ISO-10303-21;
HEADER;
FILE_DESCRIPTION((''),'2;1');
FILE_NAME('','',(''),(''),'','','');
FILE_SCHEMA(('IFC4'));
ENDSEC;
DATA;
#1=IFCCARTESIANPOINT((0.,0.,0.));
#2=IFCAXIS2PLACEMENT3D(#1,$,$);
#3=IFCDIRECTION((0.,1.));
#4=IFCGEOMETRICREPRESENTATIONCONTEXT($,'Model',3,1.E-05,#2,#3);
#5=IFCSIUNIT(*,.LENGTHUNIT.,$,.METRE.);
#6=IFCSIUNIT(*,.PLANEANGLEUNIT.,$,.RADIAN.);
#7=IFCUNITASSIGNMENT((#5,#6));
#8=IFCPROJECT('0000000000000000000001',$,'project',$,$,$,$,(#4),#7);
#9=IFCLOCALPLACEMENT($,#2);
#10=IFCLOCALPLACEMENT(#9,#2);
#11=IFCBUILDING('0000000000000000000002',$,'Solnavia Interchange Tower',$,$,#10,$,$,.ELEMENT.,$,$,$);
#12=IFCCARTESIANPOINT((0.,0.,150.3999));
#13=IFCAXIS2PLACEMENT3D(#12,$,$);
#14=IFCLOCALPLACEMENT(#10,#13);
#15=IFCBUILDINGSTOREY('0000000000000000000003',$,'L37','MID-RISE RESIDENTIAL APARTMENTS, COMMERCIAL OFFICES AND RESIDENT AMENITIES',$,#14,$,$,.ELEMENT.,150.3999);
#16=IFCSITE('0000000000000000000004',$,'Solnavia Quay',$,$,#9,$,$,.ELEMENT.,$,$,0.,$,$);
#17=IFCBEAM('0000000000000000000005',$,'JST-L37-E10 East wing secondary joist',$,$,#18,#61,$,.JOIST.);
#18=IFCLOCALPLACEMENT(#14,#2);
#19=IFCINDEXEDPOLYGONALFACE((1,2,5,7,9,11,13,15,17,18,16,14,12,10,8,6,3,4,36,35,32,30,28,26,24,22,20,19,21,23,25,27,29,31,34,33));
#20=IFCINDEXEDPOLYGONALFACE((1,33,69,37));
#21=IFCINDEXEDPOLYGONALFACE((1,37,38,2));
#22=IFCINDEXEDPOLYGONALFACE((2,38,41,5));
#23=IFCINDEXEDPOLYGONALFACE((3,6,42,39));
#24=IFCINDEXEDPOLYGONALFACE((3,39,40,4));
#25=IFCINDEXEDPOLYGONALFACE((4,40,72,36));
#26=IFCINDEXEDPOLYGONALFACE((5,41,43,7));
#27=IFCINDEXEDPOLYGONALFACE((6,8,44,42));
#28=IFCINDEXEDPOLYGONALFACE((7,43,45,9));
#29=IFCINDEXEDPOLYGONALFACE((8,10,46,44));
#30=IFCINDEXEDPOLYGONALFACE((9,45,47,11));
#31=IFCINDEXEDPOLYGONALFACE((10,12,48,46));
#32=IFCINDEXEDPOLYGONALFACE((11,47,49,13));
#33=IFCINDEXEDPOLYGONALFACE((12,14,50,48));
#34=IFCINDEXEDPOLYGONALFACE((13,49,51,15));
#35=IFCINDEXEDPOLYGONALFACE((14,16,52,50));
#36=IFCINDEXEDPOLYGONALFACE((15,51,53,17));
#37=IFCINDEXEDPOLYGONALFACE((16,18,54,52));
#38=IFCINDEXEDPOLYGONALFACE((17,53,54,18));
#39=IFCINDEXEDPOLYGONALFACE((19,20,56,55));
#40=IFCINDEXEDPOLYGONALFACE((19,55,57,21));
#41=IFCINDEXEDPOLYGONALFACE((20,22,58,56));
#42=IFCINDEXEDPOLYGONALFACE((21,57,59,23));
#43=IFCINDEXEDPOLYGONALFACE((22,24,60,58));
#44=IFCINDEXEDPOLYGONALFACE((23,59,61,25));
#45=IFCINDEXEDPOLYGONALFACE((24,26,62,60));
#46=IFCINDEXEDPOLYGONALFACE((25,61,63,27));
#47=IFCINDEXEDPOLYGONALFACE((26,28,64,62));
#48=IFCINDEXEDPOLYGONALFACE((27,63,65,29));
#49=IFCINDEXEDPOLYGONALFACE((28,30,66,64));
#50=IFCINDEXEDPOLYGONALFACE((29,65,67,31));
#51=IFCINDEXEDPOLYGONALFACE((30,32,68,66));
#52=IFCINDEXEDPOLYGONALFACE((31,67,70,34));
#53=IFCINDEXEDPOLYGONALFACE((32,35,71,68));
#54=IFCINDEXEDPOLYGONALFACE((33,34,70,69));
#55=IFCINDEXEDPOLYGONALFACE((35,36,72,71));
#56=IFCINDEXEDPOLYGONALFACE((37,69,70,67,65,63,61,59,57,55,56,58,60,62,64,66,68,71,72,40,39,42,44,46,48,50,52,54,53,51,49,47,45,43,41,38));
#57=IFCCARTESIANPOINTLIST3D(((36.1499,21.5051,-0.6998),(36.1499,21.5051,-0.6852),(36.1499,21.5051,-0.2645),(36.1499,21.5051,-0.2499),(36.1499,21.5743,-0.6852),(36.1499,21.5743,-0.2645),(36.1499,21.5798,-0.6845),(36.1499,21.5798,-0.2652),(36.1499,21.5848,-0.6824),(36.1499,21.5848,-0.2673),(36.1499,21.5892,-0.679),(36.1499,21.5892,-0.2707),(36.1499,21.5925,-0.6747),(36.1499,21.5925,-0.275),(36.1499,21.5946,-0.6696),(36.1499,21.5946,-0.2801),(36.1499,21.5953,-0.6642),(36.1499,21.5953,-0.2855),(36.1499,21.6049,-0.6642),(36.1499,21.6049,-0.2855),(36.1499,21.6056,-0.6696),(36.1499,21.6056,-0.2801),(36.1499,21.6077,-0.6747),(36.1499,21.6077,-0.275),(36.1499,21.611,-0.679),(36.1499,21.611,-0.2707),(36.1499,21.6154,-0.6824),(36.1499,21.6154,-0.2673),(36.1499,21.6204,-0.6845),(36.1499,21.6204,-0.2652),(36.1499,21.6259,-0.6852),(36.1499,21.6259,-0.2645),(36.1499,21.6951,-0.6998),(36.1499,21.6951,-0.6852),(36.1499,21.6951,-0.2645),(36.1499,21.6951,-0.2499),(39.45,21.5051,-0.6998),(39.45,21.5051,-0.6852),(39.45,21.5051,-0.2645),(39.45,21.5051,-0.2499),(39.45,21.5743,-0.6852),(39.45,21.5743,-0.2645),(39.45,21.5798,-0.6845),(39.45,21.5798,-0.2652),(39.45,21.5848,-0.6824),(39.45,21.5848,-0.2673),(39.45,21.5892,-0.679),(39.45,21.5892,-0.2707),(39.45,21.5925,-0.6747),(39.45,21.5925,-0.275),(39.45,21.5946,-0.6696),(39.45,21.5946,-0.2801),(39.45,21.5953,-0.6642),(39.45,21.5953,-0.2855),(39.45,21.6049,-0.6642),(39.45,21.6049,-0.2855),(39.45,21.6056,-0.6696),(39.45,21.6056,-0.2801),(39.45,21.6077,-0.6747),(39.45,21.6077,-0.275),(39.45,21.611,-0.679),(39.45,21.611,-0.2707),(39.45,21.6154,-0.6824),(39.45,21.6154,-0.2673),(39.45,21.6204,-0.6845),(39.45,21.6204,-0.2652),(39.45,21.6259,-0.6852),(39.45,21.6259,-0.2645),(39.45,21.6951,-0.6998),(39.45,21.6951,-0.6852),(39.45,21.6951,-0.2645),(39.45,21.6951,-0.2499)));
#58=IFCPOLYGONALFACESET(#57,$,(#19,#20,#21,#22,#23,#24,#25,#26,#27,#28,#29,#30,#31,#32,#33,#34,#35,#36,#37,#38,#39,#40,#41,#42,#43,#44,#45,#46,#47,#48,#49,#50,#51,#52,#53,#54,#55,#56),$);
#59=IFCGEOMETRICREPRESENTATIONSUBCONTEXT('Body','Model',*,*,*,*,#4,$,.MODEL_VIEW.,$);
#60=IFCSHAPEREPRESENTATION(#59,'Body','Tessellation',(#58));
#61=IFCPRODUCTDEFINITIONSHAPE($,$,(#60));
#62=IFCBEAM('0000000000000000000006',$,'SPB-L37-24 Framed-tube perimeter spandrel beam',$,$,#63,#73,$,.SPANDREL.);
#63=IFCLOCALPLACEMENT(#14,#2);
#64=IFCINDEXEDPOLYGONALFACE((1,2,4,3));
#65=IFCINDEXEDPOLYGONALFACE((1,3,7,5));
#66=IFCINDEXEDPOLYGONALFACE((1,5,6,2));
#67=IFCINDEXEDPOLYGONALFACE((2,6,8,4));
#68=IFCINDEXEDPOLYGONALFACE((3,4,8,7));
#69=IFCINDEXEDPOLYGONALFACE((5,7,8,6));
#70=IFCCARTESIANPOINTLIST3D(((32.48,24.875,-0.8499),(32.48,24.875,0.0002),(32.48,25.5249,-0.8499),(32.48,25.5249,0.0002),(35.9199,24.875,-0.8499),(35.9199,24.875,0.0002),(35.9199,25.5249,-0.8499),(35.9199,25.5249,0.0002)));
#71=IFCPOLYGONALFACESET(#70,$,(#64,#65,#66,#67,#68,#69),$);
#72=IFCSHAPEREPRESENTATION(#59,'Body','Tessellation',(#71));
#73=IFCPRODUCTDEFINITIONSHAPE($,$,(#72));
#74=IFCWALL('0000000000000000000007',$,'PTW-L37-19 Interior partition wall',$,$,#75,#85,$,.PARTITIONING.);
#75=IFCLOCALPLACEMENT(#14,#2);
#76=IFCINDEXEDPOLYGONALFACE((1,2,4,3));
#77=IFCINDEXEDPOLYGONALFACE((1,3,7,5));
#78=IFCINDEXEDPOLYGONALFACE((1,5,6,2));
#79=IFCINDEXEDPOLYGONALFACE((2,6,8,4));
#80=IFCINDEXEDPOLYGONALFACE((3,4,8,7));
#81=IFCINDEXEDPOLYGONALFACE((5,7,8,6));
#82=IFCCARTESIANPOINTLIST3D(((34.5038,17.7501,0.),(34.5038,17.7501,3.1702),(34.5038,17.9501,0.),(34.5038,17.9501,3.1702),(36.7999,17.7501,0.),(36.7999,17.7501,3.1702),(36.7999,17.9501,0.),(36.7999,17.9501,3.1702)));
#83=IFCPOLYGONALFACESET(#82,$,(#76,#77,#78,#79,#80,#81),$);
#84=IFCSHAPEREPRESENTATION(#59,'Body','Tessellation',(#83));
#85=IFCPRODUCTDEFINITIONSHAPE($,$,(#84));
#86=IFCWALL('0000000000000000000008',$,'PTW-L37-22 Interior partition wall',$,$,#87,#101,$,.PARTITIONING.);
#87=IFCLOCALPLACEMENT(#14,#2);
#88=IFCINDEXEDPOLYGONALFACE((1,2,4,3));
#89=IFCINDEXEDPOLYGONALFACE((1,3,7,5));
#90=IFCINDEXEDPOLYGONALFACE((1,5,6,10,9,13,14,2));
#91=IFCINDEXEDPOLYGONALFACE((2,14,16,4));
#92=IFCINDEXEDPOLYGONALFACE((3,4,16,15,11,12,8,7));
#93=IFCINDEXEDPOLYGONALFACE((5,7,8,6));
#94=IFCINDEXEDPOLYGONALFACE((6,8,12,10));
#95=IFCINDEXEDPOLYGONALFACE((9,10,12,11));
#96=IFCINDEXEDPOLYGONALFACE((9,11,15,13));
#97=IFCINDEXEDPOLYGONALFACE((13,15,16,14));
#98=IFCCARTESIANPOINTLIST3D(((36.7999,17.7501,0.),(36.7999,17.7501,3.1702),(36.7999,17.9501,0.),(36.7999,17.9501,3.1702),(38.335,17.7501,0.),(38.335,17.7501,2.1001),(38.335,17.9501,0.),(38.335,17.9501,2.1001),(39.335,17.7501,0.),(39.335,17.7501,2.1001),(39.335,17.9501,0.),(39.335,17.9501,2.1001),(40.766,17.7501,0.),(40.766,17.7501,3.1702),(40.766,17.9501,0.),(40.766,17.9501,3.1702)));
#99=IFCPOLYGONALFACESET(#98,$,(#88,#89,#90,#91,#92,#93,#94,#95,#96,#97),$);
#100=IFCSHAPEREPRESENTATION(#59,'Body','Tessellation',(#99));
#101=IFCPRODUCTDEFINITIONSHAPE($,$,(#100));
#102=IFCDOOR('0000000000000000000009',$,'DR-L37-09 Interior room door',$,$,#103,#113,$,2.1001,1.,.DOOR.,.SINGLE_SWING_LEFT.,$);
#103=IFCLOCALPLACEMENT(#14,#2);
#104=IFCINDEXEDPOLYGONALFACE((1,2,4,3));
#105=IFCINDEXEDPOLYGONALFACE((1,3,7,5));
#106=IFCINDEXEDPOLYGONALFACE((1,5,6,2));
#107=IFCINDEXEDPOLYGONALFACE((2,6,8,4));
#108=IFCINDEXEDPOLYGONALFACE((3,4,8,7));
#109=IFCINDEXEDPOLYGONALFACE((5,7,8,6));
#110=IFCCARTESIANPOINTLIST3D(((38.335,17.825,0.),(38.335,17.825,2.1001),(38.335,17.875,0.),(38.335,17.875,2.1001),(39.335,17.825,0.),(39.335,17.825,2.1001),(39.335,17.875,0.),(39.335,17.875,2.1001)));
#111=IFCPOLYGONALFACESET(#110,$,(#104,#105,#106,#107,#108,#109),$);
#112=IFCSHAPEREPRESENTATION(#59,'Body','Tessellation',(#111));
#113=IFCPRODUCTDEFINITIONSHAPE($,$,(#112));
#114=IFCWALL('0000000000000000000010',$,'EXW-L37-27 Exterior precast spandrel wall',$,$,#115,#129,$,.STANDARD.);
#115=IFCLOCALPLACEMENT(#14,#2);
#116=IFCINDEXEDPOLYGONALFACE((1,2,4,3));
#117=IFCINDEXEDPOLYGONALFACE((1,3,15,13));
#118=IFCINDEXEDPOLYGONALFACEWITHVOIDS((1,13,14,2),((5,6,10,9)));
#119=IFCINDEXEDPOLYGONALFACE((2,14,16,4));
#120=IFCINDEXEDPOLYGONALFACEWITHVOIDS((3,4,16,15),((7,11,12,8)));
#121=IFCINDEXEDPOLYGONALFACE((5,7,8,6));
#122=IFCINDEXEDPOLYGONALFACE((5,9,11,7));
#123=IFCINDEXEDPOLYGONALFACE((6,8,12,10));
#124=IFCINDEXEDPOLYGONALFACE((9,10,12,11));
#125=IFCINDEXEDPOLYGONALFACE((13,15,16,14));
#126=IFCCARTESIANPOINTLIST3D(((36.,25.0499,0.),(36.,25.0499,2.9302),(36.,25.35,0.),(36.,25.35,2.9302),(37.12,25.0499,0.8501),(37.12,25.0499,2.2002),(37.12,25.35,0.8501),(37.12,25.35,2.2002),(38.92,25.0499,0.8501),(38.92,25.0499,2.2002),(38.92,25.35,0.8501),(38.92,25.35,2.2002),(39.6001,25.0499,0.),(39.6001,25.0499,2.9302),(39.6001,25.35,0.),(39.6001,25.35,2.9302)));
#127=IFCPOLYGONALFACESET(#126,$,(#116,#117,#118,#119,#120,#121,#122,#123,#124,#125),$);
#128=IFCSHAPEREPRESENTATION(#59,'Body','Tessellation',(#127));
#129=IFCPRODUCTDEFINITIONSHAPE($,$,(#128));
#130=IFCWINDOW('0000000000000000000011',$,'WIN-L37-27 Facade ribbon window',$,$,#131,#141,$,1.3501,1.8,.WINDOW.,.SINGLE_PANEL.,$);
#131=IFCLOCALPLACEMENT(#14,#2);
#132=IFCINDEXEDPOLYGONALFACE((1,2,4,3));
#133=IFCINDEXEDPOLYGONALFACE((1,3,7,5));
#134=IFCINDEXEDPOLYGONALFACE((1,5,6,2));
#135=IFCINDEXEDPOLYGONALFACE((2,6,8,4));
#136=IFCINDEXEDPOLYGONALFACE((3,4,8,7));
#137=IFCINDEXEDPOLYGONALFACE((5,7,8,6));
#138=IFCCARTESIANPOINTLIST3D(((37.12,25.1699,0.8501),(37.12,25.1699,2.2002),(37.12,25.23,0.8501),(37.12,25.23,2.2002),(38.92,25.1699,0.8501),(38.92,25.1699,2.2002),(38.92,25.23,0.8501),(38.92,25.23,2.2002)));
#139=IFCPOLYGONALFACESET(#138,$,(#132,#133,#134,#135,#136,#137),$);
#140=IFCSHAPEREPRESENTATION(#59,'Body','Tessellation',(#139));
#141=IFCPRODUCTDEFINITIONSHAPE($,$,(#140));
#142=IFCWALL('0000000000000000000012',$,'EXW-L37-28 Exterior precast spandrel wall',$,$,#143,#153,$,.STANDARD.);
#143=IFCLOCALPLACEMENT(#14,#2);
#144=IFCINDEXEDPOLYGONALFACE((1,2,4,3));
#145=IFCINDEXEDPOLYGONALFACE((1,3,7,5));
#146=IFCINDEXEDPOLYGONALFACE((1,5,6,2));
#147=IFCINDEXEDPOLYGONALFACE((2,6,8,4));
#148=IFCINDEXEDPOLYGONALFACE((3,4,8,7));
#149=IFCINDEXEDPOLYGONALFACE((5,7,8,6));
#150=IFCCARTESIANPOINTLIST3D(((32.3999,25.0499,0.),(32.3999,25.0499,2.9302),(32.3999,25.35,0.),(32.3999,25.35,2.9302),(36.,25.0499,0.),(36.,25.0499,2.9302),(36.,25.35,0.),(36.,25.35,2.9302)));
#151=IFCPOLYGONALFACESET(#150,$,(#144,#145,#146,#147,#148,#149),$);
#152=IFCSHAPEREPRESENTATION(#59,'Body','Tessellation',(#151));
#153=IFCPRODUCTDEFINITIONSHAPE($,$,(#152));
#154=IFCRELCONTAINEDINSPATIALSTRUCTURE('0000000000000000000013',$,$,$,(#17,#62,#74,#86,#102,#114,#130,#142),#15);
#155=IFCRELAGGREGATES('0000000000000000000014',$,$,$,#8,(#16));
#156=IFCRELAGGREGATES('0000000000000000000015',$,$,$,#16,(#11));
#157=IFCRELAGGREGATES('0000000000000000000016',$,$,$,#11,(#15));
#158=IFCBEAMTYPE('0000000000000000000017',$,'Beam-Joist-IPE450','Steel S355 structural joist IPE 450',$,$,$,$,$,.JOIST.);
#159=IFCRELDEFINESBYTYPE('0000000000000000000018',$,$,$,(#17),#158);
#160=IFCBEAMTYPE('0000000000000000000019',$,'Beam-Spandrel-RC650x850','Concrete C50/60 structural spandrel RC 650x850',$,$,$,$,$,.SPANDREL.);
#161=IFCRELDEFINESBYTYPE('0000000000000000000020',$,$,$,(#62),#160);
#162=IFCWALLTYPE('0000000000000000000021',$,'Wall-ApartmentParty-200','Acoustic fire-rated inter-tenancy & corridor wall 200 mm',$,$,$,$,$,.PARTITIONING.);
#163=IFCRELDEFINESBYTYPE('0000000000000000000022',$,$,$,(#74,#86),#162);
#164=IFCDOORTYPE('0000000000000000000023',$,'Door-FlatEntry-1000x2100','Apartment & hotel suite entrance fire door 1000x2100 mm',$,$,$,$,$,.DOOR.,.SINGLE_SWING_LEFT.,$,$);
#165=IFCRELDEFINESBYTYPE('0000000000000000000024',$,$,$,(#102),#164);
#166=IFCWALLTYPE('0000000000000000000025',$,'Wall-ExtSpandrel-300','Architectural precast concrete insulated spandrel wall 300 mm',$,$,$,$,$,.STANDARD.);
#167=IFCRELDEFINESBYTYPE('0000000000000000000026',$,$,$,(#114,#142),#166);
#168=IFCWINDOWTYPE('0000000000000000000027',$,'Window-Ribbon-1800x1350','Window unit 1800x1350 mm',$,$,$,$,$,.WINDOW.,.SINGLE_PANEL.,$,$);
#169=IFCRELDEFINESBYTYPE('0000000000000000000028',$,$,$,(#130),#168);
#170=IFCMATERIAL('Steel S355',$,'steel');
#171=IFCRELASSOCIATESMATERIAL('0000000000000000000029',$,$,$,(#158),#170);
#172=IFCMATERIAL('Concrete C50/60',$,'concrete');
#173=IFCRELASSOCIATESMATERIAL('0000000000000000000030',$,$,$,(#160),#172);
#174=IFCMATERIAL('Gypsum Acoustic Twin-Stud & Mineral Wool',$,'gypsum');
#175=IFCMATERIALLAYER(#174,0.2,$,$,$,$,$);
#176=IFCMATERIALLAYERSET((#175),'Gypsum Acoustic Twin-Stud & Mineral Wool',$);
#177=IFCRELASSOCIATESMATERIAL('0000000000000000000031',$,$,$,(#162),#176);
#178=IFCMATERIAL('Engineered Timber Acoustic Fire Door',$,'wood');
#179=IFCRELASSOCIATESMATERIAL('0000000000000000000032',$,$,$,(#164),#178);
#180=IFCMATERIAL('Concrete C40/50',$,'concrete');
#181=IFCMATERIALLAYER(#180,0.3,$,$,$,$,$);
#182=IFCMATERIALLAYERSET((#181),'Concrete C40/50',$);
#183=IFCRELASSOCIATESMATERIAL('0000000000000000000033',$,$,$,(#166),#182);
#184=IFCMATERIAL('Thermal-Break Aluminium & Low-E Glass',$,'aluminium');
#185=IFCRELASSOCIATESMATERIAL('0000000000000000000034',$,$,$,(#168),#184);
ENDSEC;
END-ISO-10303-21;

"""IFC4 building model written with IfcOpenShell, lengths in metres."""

from ifc_helpers import new_model, si_unit, direction, frame, frame_2d, origin, origin_2d, place, context, subcontext, project, spatial, rectangle, i_section, extrude, material, layer, layer_set, material_profile, profile_set, type_object, element, fill, save


model = new_model("IFC4")

# Units and contexts
model_context = context("Model", 3, precision=1e-05, world=origin(), true_north=direction((0.0, 1.0)))
body_context = subcontext(model_context, "Body", "Model", "MODEL_VIEW")
ifc_project = project(units=[si_unit("LENGTHUNIT", "METRE"), si_unit("PLANEANGLEUNIT", "RADIAN")], contexts=[model_context])

# Site, building, storey
site_placement = place(None, origin())
site = spatial("IfcSite", under=ifc_project, at=site_placement, Name="Solnavia Quay", CompositionType="ELEMENT", RefElevation=0.0)
building_placement = place(site_placement, origin())
building = spatial("IfcBuilding", under=site, at=building_placement, Name="Solnavia Interchange Tower", CompositionType="ELEMENT")
storey_placement = place(building_placement, frame((0.0, 0.0, 150.3999)))
storey = spatial("IfcBuildingStorey", under=building, at=storey_placement, Name="L37", Description="MID-RISE RESIDENTIAL APARTMENTS, COMMERCIAL OFFICES AND RESIDENT AMENITIES", CompositionType="ELEMENT", Elevation=150.3999)

# Shared definitions
ifc_material_1 = material(Name="Concrete C50/60", Category="concrete")
ifc_material_2 = material(Name="Steel S355", Category="steel")

# Beams
ifc_material_profile_1 = material_profile(ifc_material_2, i_section(OverallWidth=0.1899, OverallDepth=0.45, WebThickness=0.0095, FlangeThickness=0.0146, FilletRadius=0.021, at=origin_2d()), Name="IPE 450")
ifc_profile_set_1 = profile_set([ifc_material_profile_1], Name="Steel S355")
beam_type_1 = type_object("IfcBeamType", Name="Beam-Joist-IPE450", Description="Steel S355 structural joist IPE 450", PredefinedType="JOIST", material=ifc_profile_set_1)
for number, where, z_axis, x_axis, name in (
    (1, (36.1499, 21.6001, -0.4749), (1.0, 0.0, 0.0), (0.0, 1.0, 0.0), "JST-L37-E10 East wing secondary joist"),
):
    element("IfcBeam", number, at=place(storey_placement, frame(where, z_axis=z_axis, x_axis=x_axis)), inside=storey, type_object=beam_type_1, Name=name, PredefinedType="JOIST", context=body_context, shape_type="SweptSolid", body=[
        extrude(i_section(OverallWidth=0.1899, OverallDepth=0.45, WebThickness=0.0095, FlangeThickness=0.0146, FilletRadius=0.021, at=origin_2d()), origin(), (0.0, 0.0, 1.0), 3.3),
    ])
ifc_material_profile_2 = material_profile(ifc_material_1, rectangle(XDim=0.6499, YDim=0.8501, at=origin_2d()), Name="RC 650x850")
ifc_profile_set_2 = profile_set([ifc_material_profile_2], Name="Concrete C50/60")
beam_type_2 = type_object("IfcBeamType", Name="Beam-Spandrel-RC650x850", Description="Concrete C50/60 structural spandrel RC 650x850", PredefinedType="SPANDREL", material=ifc_profile_set_2)
beam_1_placement = place(storey_placement, frame((35.9199, 25.2, -0.4248), z_axis=(-1.0, 0.0, 0.0), x_axis=(0.0, -1.0, 0.0)))
element("IfcBeam", 2, at=beam_1_placement, inside=storey, type_object=beam_type_2, Name="SPB-L37-24 Framed-tube perimeter spandrel beam", PredefinedType="SPANDREL", context=body_context, shape_type="SweptSolid", body=[
    extrude(rectangle(XDim=0.6499, YDim=0.8501, at=origin_2d()), origin(), (0.0, 0.0, 1.0), 3.4399),
])

# Wall
ifc_material_3 = material(Name="Gypsum Acoustic Twin-Stud & Mineral Wool", Category="gypsum")
ifc_layer_1 = layer(ifc_material_3, 0.2)
ifc_layer_set_1 = layer_set([ifc_layer_1], Name="Gypsum Acoustic Twin-Stud & Mineral Wool")
wall_type_1 = type_object("IfcWallType", Name="Wall-ApartmentParty-200", Description="Acoustic fire-rated inter-tenancy & corridor wall 200 mm", PredefinedType="PARTITIONING", material=ifc_layer_set_1)
wall_1_placement = place(storey_placement, frame((34.5039, 17.8501, 0.0), z_axis=(0.0, 0.0, 1.0), x_axis=(1.0, 0.0, 0.0)))
element("IfcWall", 3, at=wall_1_placement, inside=storey, type_object=wall_type_1, Name="PTW-L37-19 Interior partition wall", PredefinedType="PARTITIONING", context=body_context, shape_type="SweptSolid", body=[
    extrude(rectangle(XDim=2.2961, YDim=0.2, at=frame_2d((1.1479, 0.0))), origin(), (0.0, 0.0, 1.0), 3.1702),
])

# Wall, opening, door
wall_2_placement = place(storey_placement, frame((36.8, 17.8501, 0.0), z_axis=(0.0, 0.0, 1.0), x_axis=(1.0, 0.0, 0.0)))
wall_2 = element("IfcWall", 4, at=wall_2_placement, inside=storey, type_object=wall_type_1, Name="PTW-L37-22 Interior partition wall", PredefinedType="PARTITIONING", context=body_context, shape_type="SweptSolid", body=[
    extrude(rectangle(XDim=3.9661, YDim=0.2, at=frame_2d((1.9829, 0.0))), origin(), (0.0, 0.0, 1.0), 3.1702),
])
opening_1_placement = place(wall_2_placement, frame((1.5349, 0.0, 0.0)))
opening_1 = element("IfcOpeningElement", 5, at=opening_1_placement, cuts=wall_2, PredefinedType="OPENING", context=body_context, shape_type="SweptSolid", body=[
    extrude(rectangle(XDim=1.0, YDim=2.1001, at=frame_2d((0.5, 1.05))), frame((0.0, 0.1099, 0.0), z_axis=(0.0, -1.0, 0.0), x_axis=(1.0, 0.0, 0.0)), (0.0, 0.0, 1.0), 0.22),
])
ifc_material_4 = material(Name="Engineered Timber Acoustic Fire Door", Category="wood")
door_type_1 = type_object("IfcDoorType", Name="Door-FlatEntry-1000x2100", Description="Apartment & hotel suite entrance fire door 1000x2100 mm", OperationType="SINGLE_SWING_LEFT", PredefinedType="DOOR", material=ifc_material_4)
door_1_placement = place(opening_1_placement, origin())
door_1 = element("IfcDoor", 6, at=door_1_placement, inside=storey, type_object=door_type_1, Name="DR-L37-09 Interior room door", OperationType="SINGLE_SWING_LEFT", OverallHeight=2.1001, OverallWidth=1.0, PredefinedType="DOOR", context=body_context, shape_type="SweptSolid", body=[
    extrude(rectangle(XDim=1.0, YDim=2.1001, at=frame_2d((0.5, 1.05))), frame((0.0, 0.0249, 0.0), z_axis=(0.0, -1.0, 0.0), x_axis=(1.0, 0.0, 0.0)), (0.0, 0.0, 1.0), 0.05),
])
fill(opening_1, door_1)

# Wall, opening, window
ifc_material_5 = material(Name="Concrete C40/50", Category="concrete")
ifc_layer_2 = layer(ifc_material_5, 0.3)
ifc_layer_set_2 = layer_set([ifc_layer_2], Name="Concrete C40/50")
wall_type_2 = type_object("IfcWallType", Name="Wall-ExtSpandrel-300", Description="Architectural precast concrete insulated spandrel wall 300 mm", PredefinedType="STANDARD", material=ifc_layer_set_2)
wall_3_placement = place(storey_placement, frame((36.0, 25.2, 0.0), z_axis=(0.0, 0.0, 1.0), x_axis=(1.0, 0.0, 0.0)))
wall_3 = element("IfcWall", 7, at=wall_3_placement, inside=storey, type_object=wall_type_2, Name="EXW-L37-27 Exterior precast spandrel wall", PredefinedType="STANDARD", context=body_context, shape_type="SweptSolid", body=[
    extrude(rectangle(XDim=3.6001, YDim=0.3, at=frame_2d((1.8, 0.0))), origin(), (0.0, 0.0, 1.0), 2.9302),
])
opening_2_placement = place(wall_3_placement, frame((1.1201, 0.0, 0.8501)))
opening_2 = element("IfcOpeningElement", 8, at=opening_2_placement, cuts=wall_3, PredefinedType="OPENING", context=body_context, shape_type="SweptSolid", body=[
    extrude(rectangle(XDim=1.8, YDim=1.3501, at=frame_2d((0.8999, 0.675))), frame((0.0, 0.1602, 0.0), z_axis=(0.0, -1.0, 0.0), x_axis=(1.0, 0.0, 0.0)), (0.0, 0.0, 1.0), 0.3201),
])
ifc_material_6 = material(Name="Thermal-Break Aluminium & Low-E Glass", Category="aluminium")
window_type = type_object("IfcWindowType", Name="Window-Ribbon-1800x1350", Description="Window unit 1800x1350 mm", PartitioningType="SINGLE_PANEL", PredefinedType="WINDOW", material=ifc_material_6)
window_1_placement = place(opening_2_placement, origin())
window_1 = element("IfcWindow", 9, at=window_1_placement, inside=storey, type_object=window_type, Name="WIN-L37-27 Facade ribbon window", OverallHeight=1.3501, OverallWidth=1.8, PartitioningType="SINGLE_PANEL", PredefinedType="WINDOW", context=body_context, shape_type="SweptSolid", body=[
    extrude(rectangle(XDim=1.8, YDim=1.3501, at=frame_2d((0.8999, 0.675))), frame((0.0, 0.03, 0.0), z_axis=(0.0, -1.0, 0.0), x_axis=(1.0, 0.0, 0.0)), (0.0, 0.0, 1.0), 0.0601),
])
fill(opening_2, window_1)

# Wall
wall_4_placement = place(storey_placement, frame((32.3999, 25.2, 0.0), z_axis=(0.0, 0.0, 1.0), x_axis=(1.0, 0.0, 0.0)))
element("IfcWall", 10, at=wall_4_placement, inside=storey, type_object=wall_type_2, Name="EXW-L37-28 Exterior precast spandrel wall", PredefinedType="STANDARD", context=body_context, shape_type="SweptSolid", body=[
    extrude(rectangle(XDim=3.6001, YDim=0.3, at=frame_2d((1.8, 0.0))), origin(), (0.0, 0.0, 1.0), 2.9302),
])

save(model, "model.ifc")
